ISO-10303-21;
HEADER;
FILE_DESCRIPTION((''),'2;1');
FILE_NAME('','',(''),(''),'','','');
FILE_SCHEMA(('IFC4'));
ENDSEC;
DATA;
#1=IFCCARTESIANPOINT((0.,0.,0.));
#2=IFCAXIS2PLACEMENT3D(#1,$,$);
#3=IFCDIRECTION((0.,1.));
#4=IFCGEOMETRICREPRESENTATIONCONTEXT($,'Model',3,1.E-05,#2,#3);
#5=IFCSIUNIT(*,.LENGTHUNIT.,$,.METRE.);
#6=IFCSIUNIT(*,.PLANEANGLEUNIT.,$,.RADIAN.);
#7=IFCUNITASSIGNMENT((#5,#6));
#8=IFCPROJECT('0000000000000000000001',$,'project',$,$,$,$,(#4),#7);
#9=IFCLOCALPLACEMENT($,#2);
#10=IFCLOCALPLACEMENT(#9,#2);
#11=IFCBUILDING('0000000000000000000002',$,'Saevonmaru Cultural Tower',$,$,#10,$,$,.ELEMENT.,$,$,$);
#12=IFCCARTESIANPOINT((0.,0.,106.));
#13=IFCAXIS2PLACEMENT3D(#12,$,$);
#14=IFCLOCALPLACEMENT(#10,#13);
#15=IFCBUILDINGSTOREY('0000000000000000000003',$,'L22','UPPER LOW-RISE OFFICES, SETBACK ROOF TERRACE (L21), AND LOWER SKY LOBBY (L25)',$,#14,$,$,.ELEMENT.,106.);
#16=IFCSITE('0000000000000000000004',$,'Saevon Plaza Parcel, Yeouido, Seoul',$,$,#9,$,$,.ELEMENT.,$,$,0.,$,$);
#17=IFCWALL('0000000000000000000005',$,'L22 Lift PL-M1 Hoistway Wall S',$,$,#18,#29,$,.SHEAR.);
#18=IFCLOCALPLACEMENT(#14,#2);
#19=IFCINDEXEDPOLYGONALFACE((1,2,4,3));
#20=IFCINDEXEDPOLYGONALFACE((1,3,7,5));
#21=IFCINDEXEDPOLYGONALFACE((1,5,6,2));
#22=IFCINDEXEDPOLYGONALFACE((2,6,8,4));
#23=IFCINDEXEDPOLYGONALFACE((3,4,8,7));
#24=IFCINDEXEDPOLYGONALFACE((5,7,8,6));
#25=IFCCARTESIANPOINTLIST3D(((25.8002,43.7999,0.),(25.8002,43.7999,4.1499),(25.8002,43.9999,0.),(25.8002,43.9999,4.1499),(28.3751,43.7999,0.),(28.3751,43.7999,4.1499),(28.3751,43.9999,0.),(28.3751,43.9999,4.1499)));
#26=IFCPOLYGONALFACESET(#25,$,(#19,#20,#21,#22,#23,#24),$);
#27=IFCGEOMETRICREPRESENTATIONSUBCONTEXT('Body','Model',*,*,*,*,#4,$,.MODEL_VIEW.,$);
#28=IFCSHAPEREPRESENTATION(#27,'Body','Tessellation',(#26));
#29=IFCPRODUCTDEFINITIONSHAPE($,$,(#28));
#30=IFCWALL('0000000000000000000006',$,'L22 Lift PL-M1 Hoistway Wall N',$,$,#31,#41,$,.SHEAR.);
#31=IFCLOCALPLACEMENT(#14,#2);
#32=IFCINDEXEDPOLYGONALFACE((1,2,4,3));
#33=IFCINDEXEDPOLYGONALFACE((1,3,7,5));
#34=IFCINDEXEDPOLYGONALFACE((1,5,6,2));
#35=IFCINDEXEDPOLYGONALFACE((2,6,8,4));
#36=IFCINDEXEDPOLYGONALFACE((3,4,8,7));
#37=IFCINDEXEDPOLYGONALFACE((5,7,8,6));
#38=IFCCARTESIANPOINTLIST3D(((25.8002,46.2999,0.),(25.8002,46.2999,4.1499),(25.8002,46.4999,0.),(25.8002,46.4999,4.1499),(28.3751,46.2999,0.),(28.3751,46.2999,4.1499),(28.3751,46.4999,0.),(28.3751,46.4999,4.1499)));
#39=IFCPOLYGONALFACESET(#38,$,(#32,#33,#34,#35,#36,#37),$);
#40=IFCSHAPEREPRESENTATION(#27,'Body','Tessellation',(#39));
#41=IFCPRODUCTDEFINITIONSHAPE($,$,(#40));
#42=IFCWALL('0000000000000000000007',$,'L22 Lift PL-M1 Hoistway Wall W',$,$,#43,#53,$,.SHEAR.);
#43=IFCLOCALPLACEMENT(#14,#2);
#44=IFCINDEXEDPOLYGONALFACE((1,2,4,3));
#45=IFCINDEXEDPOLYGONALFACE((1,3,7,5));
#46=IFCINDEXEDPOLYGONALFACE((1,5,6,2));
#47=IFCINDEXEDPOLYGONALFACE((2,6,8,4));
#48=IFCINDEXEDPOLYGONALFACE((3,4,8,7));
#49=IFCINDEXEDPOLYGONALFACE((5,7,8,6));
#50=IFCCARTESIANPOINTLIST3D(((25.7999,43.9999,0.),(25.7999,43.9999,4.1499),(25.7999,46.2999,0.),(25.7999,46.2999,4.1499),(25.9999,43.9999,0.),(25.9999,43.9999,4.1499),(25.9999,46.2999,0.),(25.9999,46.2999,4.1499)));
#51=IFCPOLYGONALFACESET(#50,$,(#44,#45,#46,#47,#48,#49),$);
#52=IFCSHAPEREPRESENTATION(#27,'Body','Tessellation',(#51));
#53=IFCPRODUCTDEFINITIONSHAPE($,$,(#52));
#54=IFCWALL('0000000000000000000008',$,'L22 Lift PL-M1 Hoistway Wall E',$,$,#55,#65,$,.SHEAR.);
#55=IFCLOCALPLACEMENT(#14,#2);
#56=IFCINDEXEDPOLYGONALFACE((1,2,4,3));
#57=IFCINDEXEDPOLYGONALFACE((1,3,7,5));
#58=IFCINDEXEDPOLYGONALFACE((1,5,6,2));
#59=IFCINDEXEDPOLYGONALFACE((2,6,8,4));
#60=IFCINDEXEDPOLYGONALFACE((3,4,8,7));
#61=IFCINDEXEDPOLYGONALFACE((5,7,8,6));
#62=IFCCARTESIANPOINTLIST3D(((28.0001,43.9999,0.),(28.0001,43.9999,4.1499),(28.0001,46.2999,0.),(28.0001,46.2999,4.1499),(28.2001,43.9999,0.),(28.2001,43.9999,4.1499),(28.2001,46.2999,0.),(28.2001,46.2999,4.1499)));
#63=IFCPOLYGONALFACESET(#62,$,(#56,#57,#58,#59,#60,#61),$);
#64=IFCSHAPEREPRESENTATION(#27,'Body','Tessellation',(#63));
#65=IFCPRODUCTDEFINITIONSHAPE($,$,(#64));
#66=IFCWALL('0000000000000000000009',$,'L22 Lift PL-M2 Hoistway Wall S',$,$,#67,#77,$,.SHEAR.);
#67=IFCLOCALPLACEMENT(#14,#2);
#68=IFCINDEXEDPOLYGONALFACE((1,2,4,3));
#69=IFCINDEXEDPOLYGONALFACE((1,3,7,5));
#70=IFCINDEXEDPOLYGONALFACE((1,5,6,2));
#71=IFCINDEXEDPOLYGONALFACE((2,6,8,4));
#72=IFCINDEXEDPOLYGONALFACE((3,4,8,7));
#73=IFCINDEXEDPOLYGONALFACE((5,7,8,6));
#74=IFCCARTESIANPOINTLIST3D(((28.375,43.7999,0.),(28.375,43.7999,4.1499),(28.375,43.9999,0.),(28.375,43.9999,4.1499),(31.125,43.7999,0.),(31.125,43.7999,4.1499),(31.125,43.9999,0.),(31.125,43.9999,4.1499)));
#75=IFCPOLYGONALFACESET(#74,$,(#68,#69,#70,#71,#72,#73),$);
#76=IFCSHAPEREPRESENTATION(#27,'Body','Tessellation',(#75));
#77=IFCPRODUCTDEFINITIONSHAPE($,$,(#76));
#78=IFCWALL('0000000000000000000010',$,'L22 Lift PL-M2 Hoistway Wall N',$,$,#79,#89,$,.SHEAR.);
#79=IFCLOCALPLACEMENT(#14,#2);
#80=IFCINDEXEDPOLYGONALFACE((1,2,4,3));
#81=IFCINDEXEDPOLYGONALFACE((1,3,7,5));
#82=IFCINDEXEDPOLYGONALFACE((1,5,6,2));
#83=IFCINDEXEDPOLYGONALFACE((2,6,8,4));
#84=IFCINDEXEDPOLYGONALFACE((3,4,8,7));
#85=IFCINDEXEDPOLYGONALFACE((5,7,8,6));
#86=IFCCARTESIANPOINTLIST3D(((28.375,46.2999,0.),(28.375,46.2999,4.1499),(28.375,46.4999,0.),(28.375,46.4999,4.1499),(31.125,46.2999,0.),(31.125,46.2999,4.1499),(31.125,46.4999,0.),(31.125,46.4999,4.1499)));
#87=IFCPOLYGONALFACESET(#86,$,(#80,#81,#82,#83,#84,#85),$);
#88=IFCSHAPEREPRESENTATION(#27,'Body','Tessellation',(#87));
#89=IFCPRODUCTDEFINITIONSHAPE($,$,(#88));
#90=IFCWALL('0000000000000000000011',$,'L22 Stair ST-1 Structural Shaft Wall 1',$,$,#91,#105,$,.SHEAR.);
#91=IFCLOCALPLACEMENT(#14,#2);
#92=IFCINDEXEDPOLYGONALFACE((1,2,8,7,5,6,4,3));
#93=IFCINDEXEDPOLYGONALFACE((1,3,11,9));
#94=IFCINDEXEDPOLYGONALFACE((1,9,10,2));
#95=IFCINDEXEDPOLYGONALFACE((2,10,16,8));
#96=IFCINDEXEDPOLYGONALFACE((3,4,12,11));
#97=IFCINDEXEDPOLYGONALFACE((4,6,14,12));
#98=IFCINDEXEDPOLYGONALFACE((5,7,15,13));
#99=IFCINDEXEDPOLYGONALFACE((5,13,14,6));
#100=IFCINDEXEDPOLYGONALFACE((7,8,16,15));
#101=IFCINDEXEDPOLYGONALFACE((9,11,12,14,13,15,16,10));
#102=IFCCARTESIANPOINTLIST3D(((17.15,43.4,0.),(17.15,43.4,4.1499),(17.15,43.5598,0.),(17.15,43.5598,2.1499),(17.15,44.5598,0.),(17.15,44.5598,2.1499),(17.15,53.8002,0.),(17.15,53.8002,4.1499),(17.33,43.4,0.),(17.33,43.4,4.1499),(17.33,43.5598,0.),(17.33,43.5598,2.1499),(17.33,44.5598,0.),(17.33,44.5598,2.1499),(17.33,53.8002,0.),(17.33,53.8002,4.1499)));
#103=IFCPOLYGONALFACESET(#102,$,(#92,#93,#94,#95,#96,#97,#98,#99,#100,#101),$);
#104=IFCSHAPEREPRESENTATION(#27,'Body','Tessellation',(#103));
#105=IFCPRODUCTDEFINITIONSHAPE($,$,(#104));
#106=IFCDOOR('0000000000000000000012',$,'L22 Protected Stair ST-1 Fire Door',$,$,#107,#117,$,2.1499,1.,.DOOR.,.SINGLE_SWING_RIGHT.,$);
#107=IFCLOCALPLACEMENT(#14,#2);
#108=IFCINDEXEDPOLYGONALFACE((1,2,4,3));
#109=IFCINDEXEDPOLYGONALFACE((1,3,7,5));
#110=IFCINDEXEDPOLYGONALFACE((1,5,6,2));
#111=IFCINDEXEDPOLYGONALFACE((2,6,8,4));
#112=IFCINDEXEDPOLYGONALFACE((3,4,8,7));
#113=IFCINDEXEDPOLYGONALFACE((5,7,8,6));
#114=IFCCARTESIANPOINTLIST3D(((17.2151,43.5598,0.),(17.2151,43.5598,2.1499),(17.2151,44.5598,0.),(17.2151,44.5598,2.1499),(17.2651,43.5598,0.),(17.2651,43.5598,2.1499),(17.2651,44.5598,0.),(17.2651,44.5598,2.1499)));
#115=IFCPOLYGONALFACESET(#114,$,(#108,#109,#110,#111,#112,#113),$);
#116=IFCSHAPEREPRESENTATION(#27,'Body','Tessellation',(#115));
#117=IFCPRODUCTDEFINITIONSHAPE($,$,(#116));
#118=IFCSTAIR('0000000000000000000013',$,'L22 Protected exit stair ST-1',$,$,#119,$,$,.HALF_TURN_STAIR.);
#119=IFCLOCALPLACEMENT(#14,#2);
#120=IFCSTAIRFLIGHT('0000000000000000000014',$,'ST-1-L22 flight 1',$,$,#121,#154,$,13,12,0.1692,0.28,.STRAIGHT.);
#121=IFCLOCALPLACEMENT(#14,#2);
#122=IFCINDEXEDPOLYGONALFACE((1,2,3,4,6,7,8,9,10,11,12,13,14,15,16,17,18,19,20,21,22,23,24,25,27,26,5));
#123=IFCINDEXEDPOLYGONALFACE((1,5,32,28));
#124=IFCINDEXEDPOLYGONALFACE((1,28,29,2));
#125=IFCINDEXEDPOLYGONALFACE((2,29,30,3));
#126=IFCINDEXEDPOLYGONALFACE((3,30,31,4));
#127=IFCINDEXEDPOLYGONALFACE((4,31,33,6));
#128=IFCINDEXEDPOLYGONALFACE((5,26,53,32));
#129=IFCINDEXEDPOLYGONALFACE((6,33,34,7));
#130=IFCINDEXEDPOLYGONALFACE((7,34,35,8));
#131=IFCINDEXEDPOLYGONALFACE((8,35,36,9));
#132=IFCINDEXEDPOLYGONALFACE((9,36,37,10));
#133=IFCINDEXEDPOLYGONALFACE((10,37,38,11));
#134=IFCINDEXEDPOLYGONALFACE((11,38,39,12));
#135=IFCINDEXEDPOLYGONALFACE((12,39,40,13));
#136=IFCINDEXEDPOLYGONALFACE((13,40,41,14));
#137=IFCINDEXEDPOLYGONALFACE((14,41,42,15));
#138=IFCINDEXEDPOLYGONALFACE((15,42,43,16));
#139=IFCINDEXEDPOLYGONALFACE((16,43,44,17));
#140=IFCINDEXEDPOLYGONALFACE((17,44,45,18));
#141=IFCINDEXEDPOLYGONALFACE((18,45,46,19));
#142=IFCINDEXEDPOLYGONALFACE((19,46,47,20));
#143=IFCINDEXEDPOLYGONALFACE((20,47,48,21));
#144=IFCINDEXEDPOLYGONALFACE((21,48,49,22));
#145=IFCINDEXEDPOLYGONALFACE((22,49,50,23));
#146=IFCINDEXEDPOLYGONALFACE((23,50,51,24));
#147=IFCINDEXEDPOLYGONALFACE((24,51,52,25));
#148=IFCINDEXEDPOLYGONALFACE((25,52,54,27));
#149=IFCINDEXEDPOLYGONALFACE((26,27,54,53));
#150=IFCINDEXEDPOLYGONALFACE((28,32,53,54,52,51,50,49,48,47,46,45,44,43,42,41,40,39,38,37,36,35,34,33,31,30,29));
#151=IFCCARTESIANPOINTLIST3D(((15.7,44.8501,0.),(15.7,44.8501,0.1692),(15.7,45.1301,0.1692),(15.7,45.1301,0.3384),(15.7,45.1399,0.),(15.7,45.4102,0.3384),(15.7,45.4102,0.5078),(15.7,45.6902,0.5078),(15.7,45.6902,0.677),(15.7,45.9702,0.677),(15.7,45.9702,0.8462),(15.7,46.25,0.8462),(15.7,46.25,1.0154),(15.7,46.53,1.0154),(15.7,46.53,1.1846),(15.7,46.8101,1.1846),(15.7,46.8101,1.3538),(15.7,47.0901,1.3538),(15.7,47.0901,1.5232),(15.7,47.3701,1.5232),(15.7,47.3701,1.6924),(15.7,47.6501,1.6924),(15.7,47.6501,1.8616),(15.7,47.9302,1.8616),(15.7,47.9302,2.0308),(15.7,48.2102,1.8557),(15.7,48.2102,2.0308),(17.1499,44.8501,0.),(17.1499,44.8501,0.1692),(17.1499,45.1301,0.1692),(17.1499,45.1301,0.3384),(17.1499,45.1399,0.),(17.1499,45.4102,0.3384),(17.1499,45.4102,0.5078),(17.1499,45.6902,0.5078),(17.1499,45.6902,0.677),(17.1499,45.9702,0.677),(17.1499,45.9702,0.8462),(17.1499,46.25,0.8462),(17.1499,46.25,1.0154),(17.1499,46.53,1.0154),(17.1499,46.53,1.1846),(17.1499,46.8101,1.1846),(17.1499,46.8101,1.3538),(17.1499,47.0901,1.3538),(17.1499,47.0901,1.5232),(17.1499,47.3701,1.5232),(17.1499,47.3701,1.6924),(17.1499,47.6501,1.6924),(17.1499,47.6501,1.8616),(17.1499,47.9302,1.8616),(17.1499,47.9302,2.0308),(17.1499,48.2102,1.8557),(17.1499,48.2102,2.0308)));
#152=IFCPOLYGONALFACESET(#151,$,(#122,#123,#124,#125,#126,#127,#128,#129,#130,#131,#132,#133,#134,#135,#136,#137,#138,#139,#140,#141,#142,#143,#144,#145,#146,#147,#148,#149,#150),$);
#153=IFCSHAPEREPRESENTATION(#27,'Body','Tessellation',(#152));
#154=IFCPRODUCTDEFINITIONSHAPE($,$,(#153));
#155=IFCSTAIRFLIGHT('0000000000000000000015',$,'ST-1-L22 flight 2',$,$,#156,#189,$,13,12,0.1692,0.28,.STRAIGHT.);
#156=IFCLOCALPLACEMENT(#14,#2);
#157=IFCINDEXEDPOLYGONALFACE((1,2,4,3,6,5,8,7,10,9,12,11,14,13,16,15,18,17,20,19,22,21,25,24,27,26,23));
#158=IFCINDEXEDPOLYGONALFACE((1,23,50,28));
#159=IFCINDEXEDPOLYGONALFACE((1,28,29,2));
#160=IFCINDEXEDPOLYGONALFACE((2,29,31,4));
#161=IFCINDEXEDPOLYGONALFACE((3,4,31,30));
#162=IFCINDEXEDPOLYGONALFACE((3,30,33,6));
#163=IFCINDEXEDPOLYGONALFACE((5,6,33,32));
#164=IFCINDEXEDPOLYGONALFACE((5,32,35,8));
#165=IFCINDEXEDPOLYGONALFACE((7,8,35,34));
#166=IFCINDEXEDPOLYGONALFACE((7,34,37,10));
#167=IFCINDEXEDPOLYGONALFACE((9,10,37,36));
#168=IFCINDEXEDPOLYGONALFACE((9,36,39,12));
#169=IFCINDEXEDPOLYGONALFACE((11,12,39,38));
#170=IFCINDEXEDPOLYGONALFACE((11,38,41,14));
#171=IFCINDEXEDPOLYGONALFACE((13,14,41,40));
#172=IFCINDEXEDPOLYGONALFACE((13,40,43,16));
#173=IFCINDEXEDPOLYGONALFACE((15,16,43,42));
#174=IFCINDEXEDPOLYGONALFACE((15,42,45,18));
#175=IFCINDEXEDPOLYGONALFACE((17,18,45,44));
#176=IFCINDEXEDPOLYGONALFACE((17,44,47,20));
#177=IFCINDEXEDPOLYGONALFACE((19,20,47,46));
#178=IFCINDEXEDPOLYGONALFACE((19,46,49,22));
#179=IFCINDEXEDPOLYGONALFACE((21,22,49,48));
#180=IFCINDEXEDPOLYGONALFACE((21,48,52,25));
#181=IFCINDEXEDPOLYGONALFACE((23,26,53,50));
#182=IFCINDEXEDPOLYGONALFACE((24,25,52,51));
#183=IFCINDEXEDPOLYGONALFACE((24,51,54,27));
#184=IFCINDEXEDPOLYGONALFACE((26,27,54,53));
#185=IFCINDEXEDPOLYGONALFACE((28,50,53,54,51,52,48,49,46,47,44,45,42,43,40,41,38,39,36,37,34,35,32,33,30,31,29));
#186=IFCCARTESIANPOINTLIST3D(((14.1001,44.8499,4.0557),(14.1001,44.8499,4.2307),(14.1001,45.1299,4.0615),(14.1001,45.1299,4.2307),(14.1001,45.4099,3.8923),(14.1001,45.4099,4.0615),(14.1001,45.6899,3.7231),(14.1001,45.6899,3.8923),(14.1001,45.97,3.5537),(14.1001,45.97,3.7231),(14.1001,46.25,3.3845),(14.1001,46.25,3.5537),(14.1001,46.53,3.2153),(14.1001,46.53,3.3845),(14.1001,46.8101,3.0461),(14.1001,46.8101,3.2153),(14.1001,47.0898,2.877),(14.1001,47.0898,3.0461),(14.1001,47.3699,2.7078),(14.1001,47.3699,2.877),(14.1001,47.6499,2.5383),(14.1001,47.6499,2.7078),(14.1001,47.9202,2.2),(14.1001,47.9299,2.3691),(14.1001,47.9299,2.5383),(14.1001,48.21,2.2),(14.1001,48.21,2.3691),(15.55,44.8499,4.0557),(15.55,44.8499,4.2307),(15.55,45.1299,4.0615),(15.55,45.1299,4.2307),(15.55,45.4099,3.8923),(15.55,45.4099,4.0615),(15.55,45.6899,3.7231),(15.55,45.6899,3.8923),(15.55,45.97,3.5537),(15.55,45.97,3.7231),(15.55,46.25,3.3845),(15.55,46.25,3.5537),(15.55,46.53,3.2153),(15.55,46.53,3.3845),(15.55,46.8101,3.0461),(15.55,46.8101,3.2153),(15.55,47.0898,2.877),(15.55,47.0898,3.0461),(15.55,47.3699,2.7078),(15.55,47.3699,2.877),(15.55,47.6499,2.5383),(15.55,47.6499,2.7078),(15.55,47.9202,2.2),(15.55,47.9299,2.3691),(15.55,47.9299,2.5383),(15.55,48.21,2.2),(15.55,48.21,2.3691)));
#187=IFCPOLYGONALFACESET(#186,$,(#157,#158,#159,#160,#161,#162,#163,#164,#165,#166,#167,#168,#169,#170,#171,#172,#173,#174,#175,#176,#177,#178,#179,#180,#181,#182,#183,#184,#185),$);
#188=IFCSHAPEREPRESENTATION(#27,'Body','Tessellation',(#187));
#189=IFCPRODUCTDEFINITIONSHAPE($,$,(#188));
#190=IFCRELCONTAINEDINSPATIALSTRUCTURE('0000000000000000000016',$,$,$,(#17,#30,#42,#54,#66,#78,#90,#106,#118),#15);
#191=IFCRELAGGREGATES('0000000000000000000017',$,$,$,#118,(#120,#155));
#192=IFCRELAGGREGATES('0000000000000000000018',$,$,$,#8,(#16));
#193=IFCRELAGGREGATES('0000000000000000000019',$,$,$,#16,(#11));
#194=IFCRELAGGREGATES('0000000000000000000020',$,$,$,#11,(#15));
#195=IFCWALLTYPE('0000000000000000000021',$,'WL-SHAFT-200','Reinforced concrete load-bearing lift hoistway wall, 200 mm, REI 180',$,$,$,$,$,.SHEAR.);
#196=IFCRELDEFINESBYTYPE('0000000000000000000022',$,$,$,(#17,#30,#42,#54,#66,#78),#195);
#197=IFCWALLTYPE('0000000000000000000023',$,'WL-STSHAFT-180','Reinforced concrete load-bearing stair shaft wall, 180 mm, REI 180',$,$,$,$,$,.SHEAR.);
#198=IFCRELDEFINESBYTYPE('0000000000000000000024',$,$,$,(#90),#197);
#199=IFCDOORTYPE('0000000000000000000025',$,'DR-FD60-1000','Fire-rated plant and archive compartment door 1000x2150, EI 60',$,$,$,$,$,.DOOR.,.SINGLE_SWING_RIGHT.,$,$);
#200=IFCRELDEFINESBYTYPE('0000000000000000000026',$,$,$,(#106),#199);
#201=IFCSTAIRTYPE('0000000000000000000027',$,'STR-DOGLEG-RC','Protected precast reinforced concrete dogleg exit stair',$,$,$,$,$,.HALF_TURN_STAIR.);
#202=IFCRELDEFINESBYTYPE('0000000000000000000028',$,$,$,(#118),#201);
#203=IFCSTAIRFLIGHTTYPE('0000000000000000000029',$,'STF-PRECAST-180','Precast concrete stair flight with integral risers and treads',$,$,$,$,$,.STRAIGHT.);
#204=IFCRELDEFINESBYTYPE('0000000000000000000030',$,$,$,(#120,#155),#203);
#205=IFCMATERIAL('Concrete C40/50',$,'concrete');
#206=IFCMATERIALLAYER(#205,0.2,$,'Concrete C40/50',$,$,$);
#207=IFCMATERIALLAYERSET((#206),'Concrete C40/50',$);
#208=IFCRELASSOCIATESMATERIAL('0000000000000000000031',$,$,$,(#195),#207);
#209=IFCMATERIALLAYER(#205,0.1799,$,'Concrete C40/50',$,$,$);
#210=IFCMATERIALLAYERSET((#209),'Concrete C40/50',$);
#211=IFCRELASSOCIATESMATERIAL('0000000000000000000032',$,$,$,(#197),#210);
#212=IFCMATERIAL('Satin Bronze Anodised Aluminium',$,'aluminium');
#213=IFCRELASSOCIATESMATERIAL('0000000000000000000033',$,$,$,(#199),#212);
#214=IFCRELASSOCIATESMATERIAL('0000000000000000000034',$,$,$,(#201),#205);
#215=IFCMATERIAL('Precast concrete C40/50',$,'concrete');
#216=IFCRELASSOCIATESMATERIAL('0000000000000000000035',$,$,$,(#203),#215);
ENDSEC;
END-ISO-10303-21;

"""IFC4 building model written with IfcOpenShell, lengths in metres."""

from ifc_helpers import new_model, si_unit, direction, frame, frame_2d, origin, place, context, subcontext, project, spatial, polyline, rectangle, outline, extrude, material, layer, layer_set, type_object, element, fill, aggregate, save


model = new_model("IFC4")

# Units and contexts
model_context = context("Model", 3, precision=1e-05, world=origin(), true_north=direction((0.0, 1.0)))
body_context = subcontext(model_context, "Body", "Model", "MODEL_VIEW")
ifc_project = project(units=[si_unit("LENGTHUNIT", "METRE"), si_unit("PLANEANGLEUNIT", "RADIAN")], contexts=[model_context])

# Site, building, storey
site_placement = place(None, origin())
site = spatial("IfcSite", under=ifc_project, at=site_placement, Name="Saevon Plaza Parcel, Yeouido, Seoul", CompositionType="ELEMENT", RefElevation=0.0)
building_placement = place(site_placement, origin())
building = spatial("IfcBuilding", under=site, at=building_placement, Name="Saevonmaru Cultural Tower", CompositionType="ELEMENT")
storey_placement = place(building_placement, frame((0.0, 0.0, 106.0)))
storey = spatial("IfcBuildingStorey", under=building, at=storey_placement, Name="L22", Description="UPPER LOW-RISE OFFICES, SETBACK ROOF TERRACE (L21), AND LOWER SKY LOBBY (L25)", CompositionType="ELEMENT", Elevation=106.0)

# Shared definitions
ifc_material_1 = material(Name="Satin Bronze Anodised Aluminium", Category="aluminium")

# Walls
ifc_material_2 = material(Name="Concrete C40/50", Category="concrete")
ifc_layer_1 = layer(ifc_material_2, 0.2, Name="Concrete C40/50")
ifc_layer_set_1 = layer_set([ifc_layer_1], Name="Concrete C40/50")
wall_type_1 = type_object("IfcWallType", Name="WL-SHAFT-200", Description="Reinforced concrete load-bearing lift hoistway wall, 200 mm, REI 180", PredefinedType="SHEAR", material=ifc_layer_set_1)
for number, where, z_axis, x_axis, name in (
    (1, (25.8, 43.8999, 0.0), (0.0, 0.0, 1.0), (1.0, 0.0, 0.0), "L22 Lift PL-M1 Hoistway Wall S"),
    (2, (25.8, 46.3999, 0.0), (0.0, 0.0, 1.0), (1.0, 0.0, 0.0), "L22 Lift PL-M1 Hoistway Wall N"),
):
    element("IfcWall", number, at=place(storey_placement, frame(where, z_axis=z_axis, x_axis=x_axis)), inside=storey, type_object=wall_type_1, Name=name, PredefinedType="SHEAR", context=body_context, shape_type="SweptSolid", body=[
        extrude(rectangle(XDim=2.575, YDim=0.2, at=frame_2d((1.2876, 0.0))), origin(), (0.0, 0.0, 1.0), 4.1499),
    ])
for number, where, z_axis, x_axis, name in (
    (3, (25.8999, 44.0, 0.0), (0.0, 0.0, 1.0), (0.0, 1.0, 0.0), "L22 Lift PL-M1 Hoistway Wall W"),
    (4, (28.1001, 44.0, 0.0), (0.0, 0.0, 1.0), (0.0, 1.0, 0.0), "L22 Lift PL-M1 Hoistway Wall E"),
):
    element("IfcWall", number, at=place(storey_placement, frame(where, z_axis=z_axis, x_axis=x_axis)), inside=storey, type_object=wall_type_1, Name=name, PredefinedType="SHEAR", context=body_context, shape_type="SweptSolid", body=[
        extrude(rectangle(XDim=2.3, YDim=0.2, at=frame_2d((1.1499, 0.0))), origin(), (0.0, 0.0, 1.0), 4.1499),
    ])
for number, where, z_axis, x_axis, name in (
    (5, (28.375, 43.8999, 0.0), (0.0, 0.0, 1.0), (1.0, 0.0, 0.0), "L22 Lift PL-M2 Hoistway Wall S"),
    (6, (28.375, 46.3999, 0.0), (0.0, 0.0, 1.0), (1.0, 0.0, 0.0), "L22 Lift PL-M2 Hoistway Wall N"),
):
    element("IfcWall", number, at=place(storey_placement, frame(where, z_axis=z_axis, x_axis=x_axis)), inside=storey, type_object=wall_type_1, Name=name, PredefinedType="SHEAR", context=body_context, shape_type="SweptSolid", body=[
        extrude(rectangle(XDim=2.75, YDim=0.2, at=frame_2d((1.375, 0.0))), origin(), (0.0, 0.0, 1.0), 4.1499),
    ])

# Wall, opening, door
ifc_layer_2 = layer(ifc_material_2, 0.1799, Name="Concrete C40/50")
ifc_layer_set_2 = layer_set([ifc_layer_2], Name="Concrete C40/50")
wall_type_2 = type_object("IfcWallType", Name="WL-STSHAFT-180", Description="Reinforced concrete load-bearing stair shaft wall, 180 mm, REI 180", PredefinedType="SHEAR", material=ifc_layer_set_2)
wall_1_placement = place(storey_placement, frame((17.24, 43.3999, 0.0), z_axis=(0.0, 0.0, 1.0), x_axis=(0.0, 1.0, 0.0)))
wall_1 = element("IfcWall", 7, at=wall_1_placement, inside=storey, type_object=wall_type_2, Name="L22 Stair ST-1 Structural Shaft Wall 1", PredefinedType="SHEAR", context=body_context, shape_type="SweptSolid", body=[
    extrude(rectangle(XDim=10.4001, YDim=0.1799, at=frame_2d((5.2002, 0.0))), origin(), (0.0, 0.0, 1.0), 4.1499),
])
opening_1_placement = place(wall_1_placement, frame((0.1599, 0.0, 0.0)))
opening_1 = element("IfcOpeningElement", 8, at=opening_1_placement, cuts=wall_1, PredefinedType="OPENING", context=body_context, shape_type="SweptSolid", body=[
    extrude(rectangle(XDim=1.0, YDim=2.1499, at=frame_2d((0.5, 1.075))), frame((0.0, 0.1001, 0.0), z_axis=(0.0, -1.0, 0.0), x_axis=(1.0, 0.0, 0.0)), (0.0, 0.0, 1.0), 0.2),
])
door_type_1 = type_object("IfcDoorType", Name="DR-FD60-1000", Description="Fire-rated plant and archive compartment door 1000x2150, EI 60", OperationType="SINGLE_SWING_RIGHT", PredefinedType="DOOR", material=ifc_material_1)
door_1_placement = place(opening_1_placement, origin())
door_1 = element("IfcDoor", 9, at=door_1_placement, inside=storey, type_object=door_type_1, Name="L22 Protected Stair ST-1 Fire Door", OperationType="SINGLE_SWING_RIGHT", OverallHeight=2.1499, OverallWidth=1.0, PredefinedType="DOOR", context=body_context, shape_type="SweptSolid", body=[
    extrude(rectangle(XDim=1.0, YDim=2.1499, at=frame_2d((0.5, 1.075))), frame((0.0, 0.0249, 0.0), z_axis=(0.0, -1.0, 0.0), x_axis=(1.0, 0.0, 0.0)), (0.0, 0.0, 1.0), 0.05),
])
fill(opening_1, door_1)

# Stair, stair flights
stair_type = type_object("IfcStairType", Name="STR-DOGLEG-RC", Description="Protected precast reinforced concrete dogleg exit stair", PredefinedType="HALF_TURN_STAIR", material=ifc_material_2)
stair_placement = place(storey_placement, origin())
stair = element("IfcStair", 10, at=stair_placement, inside=storey, type_object=stair_type, Name="L22 Protected exit stair ST-1", PredefinedType="HALF_TURN_STAIR")
ifc_material_3 = material(Name="Precast concrete C40/50", Category="concrete")
stair_flight_type = type_object("IfcStairFlightType", Name="STF-PRECAST-180", Description="Precast concrete stair flight with integral risers and treads", PredefinedType="STRAIGHT", material=ifc_material_3)
stair_flight_1_placement = place(storey_placement, frame((16.425, 44.8501, 0.0), z_axis=(0.0, 0.0, 1.0), x_axis=(0.0, 1.0, 0.0)))
stair_flight_1 = element("IfcStairFlight", 11, at=stair_flight_1_placement, type_object=stair_flight_type, Name="ST-1-L22 flight 1", NumberOfRisers=13, NumberOfTreads=12, PredefinedType="STRAIGHT", RiserHeight=0.1692, TreadLength=0.28, context=body_context, shape_type="SweptSolid", body=[
    extrude(outline(polyline([(0.0, 0.0), (0.0, 0.1692), (0.28, 0.1692), (0.28, 0.3384), (0.5601, 0.3384), (0.5601, 0.5078), (0.8401, 0.5078), (0.8401, 0.677), (1.1201, 0.677), (1.1201, 0.8462), (1.3999, 0.8462), (1.3999, 1.0154), (1.6799, 1.0154), (1.6799, 1.1846), (1.96, 1.1846), (1.96, 1.3538), (2.24, 1.3538), (2.24, 1.5232), (2.52, 1.5232), (2.52, 1.6924), (2.8, 1.6924), (2.8, 1.8616), (3.0801, 1.8616), (3.0801, 2.0308), (3.3601, 2.0308), (3.3601, 2.2), (3.3601, 1.8557), (0.2898, 0.0), (0.0, 0.0)])), frame((0.0, 0.7251, 0.0), z_axis=(0.0, -1.0, 0.0), x_axis=(1.0, 0.0, 0.0)), (0.0, 0.0, 1.0), 1.45),
])
stair_flight_2_placement = place(storey_placement, frame((14.825, 48.21, 2.2), z_axis=(0.0, 0.0, 1.0), x_axis=(0.0, -1.0, 0.0)))
stair_flight_2 = element("IfcStairFlight", 12, at=stair_flight_2_placement, type_object=stair_flight_type, Name="ST-1-L22 flight 2", NumberOfRisers=13, NumberOfTreads=12, PredefinedType="STRAIGHT", RiserHeight=0.1692, TreadLength=0.28, context=body_context, shape_type="SweptSolid", body=[
    extrude(outline(polyline([(0.0, 0.0), (0.0, 0.1692), (0.28, 0.1692), (0.28, 0.3384), (0.5601, 0.3384), (0.5601, 0.5078), (0.8401, 0.5078), (0.8401, 0.677), (1.1201, 0.677), (1.1201, 0.8462), (1.3999, 0.8462), (1.3999, 1.0154), (1.6799, 1.0154), (1.6799, 1.1846), (1.96, 1.1846), (1.96, 1.3538), (2.24, 1.3538), (2.24, 1.5232), (2.52, 1.5232), (2.52, 1.6924), (2.8, 1.6924), (2.8, 1.8616), (3.0801, 1.8616), (3.0801, 2.0308), (3.3601, 2.0308), (3.3601, 2.2), (3.3601, 1.8557), (0.2898, 0.0), (0.0, 0.0)])), frame((0.0, 0.7251, 0.0), z_axis=(0.0, -1.0, 0.0), x_axis=(1.0, 0.0, 0.0)), (0.0, 0.0, 1.0), 1.45),
])
aggregate(stair, [stair_flight_1, stair_flight_2])

save(model, "model.ifc")
